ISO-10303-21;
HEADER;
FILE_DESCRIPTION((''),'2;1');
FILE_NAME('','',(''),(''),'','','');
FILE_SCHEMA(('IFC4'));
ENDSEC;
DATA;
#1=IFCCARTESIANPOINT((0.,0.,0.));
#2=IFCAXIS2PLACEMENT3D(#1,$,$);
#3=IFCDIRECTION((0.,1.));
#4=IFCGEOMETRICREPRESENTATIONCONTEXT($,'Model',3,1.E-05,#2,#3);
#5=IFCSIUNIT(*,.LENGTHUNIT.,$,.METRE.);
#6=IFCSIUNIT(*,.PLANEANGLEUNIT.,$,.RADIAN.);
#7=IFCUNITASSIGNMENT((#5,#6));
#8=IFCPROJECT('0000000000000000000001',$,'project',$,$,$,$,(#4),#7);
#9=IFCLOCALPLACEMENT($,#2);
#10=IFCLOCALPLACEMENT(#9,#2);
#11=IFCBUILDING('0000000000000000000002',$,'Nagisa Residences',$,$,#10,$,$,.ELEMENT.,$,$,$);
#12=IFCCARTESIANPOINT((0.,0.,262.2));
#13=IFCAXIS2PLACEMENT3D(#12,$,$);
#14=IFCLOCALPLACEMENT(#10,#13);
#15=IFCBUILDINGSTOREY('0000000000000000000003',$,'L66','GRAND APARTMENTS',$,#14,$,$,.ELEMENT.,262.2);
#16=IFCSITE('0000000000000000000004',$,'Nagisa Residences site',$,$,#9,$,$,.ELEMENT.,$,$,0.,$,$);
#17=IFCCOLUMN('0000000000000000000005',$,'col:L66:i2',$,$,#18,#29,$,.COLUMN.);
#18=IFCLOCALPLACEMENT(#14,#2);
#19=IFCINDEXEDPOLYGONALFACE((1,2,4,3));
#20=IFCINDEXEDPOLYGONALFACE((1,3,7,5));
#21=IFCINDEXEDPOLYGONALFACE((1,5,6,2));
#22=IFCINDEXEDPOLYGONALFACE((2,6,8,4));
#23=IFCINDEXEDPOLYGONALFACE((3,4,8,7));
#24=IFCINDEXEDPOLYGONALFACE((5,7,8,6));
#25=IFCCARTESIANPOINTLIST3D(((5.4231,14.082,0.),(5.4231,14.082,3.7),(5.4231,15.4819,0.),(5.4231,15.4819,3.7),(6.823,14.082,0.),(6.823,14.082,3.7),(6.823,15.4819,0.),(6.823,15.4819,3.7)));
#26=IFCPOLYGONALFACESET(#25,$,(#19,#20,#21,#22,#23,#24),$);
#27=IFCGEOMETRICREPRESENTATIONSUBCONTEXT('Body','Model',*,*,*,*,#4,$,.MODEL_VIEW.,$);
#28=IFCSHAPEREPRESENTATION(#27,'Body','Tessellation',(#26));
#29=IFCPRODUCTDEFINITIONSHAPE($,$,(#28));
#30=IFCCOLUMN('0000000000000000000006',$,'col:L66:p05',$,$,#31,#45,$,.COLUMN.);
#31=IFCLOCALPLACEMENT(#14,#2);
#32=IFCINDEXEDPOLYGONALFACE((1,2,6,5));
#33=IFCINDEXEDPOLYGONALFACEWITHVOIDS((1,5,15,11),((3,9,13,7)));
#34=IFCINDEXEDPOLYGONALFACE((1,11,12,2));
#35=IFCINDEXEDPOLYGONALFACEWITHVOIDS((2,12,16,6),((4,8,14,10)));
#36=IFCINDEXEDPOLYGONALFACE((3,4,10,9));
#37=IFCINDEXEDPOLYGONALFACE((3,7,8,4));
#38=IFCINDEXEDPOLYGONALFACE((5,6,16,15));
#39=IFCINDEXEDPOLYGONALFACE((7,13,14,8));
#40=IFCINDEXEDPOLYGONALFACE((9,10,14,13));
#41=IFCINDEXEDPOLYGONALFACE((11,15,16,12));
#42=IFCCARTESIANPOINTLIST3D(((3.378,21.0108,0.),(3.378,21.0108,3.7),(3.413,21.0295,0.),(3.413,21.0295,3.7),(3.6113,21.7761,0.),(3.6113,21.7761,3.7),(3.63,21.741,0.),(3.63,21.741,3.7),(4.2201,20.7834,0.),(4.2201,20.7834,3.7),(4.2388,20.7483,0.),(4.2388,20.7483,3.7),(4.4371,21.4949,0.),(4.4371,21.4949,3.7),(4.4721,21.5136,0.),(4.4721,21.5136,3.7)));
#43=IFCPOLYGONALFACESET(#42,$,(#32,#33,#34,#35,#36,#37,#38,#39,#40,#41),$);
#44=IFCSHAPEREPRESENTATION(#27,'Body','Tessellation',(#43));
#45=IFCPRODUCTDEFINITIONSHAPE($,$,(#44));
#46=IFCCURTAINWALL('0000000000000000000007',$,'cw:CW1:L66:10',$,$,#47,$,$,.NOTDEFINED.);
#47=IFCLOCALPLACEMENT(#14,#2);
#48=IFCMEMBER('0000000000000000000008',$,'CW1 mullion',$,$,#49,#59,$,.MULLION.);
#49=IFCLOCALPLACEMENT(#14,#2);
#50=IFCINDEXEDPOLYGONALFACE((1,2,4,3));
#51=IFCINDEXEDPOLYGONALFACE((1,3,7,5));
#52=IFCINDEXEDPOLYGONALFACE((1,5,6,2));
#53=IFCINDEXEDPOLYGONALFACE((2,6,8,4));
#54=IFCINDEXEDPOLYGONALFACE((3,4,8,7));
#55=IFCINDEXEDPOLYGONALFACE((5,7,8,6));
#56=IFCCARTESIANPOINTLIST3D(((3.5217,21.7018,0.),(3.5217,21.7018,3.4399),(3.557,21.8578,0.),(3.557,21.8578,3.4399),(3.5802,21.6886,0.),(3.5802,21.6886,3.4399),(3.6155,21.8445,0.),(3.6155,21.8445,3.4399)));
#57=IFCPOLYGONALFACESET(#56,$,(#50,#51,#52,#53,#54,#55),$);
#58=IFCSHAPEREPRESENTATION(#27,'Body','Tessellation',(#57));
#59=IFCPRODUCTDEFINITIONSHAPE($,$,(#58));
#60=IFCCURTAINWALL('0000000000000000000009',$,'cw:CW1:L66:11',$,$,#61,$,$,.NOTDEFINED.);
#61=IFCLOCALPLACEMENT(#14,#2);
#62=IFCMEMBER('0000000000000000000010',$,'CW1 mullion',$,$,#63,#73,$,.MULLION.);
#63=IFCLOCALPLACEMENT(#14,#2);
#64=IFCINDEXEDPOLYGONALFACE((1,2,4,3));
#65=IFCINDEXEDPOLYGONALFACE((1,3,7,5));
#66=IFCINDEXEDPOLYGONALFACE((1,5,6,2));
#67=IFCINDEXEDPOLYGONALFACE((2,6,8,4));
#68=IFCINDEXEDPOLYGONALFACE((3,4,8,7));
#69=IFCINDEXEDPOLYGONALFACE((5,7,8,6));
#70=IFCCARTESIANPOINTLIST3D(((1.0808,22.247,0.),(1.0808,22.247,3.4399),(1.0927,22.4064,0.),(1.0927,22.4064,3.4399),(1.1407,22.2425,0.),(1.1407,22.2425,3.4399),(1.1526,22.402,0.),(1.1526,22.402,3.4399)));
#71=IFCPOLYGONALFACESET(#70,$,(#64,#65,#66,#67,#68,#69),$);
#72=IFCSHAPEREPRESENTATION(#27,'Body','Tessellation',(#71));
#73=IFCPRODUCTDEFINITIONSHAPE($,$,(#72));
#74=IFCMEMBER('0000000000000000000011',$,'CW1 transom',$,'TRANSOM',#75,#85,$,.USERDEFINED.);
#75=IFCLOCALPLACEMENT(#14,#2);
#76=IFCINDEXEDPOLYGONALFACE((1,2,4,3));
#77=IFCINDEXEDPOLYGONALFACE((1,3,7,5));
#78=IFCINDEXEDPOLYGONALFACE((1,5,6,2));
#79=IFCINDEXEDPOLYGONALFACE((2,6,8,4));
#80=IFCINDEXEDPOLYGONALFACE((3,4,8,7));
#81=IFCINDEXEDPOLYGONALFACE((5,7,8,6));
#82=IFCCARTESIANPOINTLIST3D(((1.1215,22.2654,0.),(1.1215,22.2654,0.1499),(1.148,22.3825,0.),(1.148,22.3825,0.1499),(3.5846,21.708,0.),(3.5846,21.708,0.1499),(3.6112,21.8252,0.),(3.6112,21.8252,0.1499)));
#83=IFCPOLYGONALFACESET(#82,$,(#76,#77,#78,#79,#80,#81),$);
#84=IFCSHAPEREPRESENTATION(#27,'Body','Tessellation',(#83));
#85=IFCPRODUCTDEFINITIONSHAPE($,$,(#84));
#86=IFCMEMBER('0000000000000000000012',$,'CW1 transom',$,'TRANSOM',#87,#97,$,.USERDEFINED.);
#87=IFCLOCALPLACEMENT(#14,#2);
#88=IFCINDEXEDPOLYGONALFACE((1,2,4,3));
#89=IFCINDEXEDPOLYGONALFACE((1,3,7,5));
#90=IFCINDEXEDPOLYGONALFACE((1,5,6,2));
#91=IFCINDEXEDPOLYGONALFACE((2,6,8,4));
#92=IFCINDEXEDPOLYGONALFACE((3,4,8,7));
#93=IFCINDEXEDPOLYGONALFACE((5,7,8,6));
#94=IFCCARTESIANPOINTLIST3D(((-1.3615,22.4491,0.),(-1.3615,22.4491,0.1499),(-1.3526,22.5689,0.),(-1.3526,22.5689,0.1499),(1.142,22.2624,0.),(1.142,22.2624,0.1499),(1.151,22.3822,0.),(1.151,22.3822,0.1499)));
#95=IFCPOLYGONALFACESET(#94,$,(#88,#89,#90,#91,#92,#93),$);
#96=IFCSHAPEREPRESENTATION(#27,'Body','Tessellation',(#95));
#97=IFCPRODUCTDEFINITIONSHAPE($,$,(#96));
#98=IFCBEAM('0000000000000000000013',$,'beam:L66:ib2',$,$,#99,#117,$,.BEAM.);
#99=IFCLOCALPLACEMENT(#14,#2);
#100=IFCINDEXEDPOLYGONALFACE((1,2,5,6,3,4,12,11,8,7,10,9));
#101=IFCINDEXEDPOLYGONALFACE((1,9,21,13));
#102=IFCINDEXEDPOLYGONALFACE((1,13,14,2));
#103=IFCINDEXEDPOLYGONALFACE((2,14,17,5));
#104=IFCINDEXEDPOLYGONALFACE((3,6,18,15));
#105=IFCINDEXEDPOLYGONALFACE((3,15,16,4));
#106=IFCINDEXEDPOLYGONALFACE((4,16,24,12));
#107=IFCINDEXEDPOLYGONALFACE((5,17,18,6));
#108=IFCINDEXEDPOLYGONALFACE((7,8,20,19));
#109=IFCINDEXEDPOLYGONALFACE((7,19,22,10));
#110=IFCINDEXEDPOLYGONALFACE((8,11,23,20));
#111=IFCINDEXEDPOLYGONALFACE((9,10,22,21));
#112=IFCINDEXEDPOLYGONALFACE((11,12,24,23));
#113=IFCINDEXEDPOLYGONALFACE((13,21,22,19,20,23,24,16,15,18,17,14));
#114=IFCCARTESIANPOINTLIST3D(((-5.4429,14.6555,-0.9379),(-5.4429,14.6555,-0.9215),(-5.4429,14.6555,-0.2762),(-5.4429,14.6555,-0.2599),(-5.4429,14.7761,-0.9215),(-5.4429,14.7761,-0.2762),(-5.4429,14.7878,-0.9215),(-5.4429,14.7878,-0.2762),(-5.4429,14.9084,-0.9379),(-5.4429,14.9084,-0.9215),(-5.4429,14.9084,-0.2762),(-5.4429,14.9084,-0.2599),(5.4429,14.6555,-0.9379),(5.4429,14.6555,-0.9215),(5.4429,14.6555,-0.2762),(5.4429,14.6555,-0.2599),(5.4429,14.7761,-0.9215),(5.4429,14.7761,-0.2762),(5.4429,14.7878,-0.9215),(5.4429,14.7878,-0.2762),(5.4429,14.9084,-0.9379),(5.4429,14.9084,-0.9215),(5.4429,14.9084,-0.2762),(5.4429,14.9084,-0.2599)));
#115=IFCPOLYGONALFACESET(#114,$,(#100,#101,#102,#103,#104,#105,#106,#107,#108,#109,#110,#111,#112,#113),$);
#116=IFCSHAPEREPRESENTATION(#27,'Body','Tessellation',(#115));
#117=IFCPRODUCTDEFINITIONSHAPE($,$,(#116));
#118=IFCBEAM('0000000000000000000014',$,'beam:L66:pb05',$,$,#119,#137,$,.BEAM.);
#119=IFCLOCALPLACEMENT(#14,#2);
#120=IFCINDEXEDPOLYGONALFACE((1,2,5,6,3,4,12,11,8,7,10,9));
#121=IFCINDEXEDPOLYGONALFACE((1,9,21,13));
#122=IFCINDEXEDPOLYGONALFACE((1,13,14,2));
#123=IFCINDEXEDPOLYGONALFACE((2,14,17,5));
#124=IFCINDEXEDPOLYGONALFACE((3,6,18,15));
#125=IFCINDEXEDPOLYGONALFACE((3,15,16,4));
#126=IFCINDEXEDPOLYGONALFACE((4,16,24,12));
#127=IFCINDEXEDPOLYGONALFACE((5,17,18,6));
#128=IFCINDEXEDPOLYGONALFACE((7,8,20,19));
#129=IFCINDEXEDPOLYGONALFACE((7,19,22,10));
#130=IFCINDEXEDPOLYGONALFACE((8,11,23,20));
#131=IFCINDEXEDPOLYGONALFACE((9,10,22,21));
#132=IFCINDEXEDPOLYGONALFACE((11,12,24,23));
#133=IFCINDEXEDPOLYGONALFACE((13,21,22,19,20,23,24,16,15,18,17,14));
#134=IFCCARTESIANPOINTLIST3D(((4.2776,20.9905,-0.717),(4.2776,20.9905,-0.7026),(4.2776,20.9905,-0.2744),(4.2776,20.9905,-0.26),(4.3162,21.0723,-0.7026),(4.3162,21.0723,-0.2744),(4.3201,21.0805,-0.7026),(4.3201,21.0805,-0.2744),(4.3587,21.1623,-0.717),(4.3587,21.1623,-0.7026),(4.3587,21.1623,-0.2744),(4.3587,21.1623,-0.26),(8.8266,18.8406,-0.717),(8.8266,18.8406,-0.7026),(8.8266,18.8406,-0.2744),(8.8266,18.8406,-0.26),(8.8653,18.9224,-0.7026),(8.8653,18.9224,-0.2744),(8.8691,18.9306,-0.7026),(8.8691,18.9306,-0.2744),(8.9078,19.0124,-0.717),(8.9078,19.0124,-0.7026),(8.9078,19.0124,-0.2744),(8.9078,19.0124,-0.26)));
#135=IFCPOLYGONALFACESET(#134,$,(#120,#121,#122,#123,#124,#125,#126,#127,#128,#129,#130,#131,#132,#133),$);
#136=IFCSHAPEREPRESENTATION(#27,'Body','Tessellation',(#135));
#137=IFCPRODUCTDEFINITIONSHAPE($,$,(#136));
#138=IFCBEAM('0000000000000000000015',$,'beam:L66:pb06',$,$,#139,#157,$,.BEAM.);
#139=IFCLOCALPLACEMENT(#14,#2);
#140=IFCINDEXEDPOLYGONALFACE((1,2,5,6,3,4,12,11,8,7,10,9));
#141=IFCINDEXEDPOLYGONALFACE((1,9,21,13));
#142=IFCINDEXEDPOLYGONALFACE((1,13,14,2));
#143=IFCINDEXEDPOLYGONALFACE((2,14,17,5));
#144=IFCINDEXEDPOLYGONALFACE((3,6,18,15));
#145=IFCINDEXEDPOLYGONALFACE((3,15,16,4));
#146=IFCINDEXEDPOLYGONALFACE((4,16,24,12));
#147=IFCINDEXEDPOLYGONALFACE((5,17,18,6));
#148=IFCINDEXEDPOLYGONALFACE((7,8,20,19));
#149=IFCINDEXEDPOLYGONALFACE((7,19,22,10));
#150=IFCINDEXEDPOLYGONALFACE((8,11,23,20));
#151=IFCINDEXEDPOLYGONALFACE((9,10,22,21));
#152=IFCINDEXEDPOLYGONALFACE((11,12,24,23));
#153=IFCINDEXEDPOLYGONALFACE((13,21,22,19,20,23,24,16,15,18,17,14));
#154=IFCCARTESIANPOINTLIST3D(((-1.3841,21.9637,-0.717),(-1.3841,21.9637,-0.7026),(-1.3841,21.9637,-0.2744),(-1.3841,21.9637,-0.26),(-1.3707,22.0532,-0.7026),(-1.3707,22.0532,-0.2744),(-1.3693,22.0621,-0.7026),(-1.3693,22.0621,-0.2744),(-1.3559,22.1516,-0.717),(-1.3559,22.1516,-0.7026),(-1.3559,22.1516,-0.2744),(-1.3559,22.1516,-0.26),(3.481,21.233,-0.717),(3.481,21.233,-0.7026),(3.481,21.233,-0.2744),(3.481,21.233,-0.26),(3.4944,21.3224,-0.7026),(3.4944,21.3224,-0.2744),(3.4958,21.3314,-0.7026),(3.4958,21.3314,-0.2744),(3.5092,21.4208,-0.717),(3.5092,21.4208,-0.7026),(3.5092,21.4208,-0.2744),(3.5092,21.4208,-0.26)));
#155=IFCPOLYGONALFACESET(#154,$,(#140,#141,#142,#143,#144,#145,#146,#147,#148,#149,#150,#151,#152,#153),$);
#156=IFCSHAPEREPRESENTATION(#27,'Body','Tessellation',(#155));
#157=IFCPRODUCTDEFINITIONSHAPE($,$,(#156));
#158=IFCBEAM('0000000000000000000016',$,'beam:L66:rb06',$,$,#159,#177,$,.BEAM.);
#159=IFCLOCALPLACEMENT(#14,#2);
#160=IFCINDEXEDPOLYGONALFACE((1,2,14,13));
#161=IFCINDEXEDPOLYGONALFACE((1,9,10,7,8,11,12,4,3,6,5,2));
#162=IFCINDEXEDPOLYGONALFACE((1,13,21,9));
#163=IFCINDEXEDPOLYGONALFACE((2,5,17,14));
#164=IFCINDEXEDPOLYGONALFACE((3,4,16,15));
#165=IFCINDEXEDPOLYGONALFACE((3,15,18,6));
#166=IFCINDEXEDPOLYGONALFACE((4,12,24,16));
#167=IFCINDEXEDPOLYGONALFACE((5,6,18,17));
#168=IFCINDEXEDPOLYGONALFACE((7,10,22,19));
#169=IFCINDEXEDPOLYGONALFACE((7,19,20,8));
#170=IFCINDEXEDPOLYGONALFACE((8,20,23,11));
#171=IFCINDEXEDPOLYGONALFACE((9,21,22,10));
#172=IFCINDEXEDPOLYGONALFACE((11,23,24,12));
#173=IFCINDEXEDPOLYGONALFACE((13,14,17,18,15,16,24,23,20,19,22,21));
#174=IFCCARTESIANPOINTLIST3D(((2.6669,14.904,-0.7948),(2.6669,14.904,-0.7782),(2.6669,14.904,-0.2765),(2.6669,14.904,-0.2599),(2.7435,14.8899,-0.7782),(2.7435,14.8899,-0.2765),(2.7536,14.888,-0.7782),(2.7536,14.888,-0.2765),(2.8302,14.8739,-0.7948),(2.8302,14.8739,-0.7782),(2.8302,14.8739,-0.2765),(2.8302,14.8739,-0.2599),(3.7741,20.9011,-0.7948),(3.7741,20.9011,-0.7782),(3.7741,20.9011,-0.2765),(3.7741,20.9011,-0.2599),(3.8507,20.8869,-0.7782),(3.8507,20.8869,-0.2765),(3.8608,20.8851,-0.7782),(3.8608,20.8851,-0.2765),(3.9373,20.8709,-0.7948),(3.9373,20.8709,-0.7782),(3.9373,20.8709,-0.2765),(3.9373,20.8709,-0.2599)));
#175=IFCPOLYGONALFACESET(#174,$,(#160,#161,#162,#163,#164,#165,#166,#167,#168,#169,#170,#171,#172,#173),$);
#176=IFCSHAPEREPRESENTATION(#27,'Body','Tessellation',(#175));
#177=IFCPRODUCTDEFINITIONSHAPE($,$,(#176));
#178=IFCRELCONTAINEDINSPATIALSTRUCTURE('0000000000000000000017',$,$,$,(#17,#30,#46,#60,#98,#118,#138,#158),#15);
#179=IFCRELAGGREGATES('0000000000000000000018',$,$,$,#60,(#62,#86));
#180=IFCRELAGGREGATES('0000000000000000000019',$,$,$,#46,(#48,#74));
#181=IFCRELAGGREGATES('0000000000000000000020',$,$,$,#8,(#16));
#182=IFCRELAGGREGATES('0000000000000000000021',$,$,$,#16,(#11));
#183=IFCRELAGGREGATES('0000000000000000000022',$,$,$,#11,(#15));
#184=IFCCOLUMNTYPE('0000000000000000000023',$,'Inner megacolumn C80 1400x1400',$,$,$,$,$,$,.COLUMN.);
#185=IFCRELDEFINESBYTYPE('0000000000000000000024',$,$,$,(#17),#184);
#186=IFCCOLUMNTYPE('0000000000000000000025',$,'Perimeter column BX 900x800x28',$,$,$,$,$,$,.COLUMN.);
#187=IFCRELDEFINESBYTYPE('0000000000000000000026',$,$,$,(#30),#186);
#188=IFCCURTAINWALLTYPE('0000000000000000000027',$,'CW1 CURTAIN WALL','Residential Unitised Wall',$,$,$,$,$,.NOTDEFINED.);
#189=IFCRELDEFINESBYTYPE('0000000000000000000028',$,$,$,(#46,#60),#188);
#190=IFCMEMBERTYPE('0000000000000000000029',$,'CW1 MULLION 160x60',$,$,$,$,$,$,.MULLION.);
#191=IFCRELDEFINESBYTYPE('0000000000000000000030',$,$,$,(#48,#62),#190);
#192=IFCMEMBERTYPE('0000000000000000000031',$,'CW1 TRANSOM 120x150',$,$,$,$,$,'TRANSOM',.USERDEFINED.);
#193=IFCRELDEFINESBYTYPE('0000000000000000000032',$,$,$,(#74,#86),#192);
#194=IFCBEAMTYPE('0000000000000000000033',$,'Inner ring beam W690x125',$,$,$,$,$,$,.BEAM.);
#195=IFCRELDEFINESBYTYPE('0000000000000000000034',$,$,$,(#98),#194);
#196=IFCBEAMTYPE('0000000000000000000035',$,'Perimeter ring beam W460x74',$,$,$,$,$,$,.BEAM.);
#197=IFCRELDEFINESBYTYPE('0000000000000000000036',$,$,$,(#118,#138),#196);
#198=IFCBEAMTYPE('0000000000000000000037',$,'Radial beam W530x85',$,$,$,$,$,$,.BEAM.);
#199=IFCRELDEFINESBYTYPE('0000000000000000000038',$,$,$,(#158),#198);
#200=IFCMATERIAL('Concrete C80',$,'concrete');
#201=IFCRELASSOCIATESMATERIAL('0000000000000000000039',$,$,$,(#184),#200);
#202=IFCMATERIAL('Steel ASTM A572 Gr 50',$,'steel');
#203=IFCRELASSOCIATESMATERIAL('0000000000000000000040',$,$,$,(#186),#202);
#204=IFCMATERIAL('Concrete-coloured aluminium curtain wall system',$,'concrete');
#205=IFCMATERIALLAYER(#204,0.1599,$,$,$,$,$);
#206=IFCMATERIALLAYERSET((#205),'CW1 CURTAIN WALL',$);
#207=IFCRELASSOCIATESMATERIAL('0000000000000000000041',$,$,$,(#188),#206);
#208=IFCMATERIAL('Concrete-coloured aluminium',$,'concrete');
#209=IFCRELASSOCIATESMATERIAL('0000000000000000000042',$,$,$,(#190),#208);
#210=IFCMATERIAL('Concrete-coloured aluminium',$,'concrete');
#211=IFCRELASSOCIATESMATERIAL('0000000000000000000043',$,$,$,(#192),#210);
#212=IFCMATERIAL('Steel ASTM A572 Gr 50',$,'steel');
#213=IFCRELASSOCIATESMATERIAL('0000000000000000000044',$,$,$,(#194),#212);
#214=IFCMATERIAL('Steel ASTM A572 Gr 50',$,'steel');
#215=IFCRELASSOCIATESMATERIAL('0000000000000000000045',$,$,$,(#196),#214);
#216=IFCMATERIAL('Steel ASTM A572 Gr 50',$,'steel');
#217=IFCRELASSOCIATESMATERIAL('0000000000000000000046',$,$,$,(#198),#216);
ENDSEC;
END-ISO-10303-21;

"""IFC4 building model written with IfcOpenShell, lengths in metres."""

from ifc_helpers import new_model, si_unit, direction, frame, origin, origin_2d, place, context, subcontext, project, spatial, rectangle, hollow_rectangle, i_section, extrude, material, layer, layer_set, material_profile, profile_set, type_object, element, aggregate, save


model = new_model("IFC4")

# Units and contexts
model_context = context("Model", 3, precision=1e-05, world=origin(), true_north=direction((0.0, 1.0)))
body_context = subcontext(model_context, "Body", "Model", "MODEL_VIEW")
ifc_project = project(units=[si_unit("LENGTHUNIT", "METRE"), si_unit("PLANEANGLEUNIT", "RADIAN")], contexts=[model_context])

# Site, building, storey
site_placement = place(None, origin())
site = spatial("IfcSite", under=ifc_project, at=site_placement, Name="Nagisa Residences site", CompositionType="ELEMENT", RefElevation=0.0)
building_placement = place(site_placement, origin())
building = spatial("IfcBuilding", under=site, at=building_placement, Name="Nagisa Residences", CompositionType="ELEMENT")
storey_placement = place(building_placement, frame((0.0, 0.0, 262.2)))
storey = spatial("IfcBuildingStorey", under=building, at=storey_placement, Name="L66", Description="GRAND APARTMENTS", CompositionType="ELEMENT", Elevation=262.2)

# Columns
ifc_material_1 = material(Name="Concrete C80", Category="concrete")
ifc_material_profile_1 = material_profile(ifc_material_1, rectangle(XDim=1.3999, YDim=1.3999, at=origin_2d()), Name="C80 1400x1400")
ifc_profile_set_1 = profile_set([ifc_material_profile_1], Name="Concrete C80")
column_type_1 = type_object("IfcColumnType", Name="Inner megacolumn C80 1400x1400", PredefinedType="COLUMN", material=ifc_profile_set_1)
column_1_placement = place(storey_placement, frame((6.123, 14.782, 0.0), z_axis=(0.0, 0.0, 1.0), x_axis=(1.0, 0.0, 0.0)))
element("IfcColumn", 1, at=column_1_placement, inside=storey, type_object=column_type_1, Name="col:L66:i2", PredefinedType="COLUMN", context=body_context, shape_type="SweptSolid", body=[
    extrude(rectangle(XDim=1.3999, YDim=1.3999, at=origin_2d()), origin(), (0.0, 0.0, 1.0), 3.7),
])
ifc_material_2 = material(Name="Steel ASTM A572 Gr 50", Category="steel")
ifc_material_profile_2 = material_profile(ifc_material_2, hollow_rectangle(XDim=0.8999, YDim=0.8, WallThickness=0.0281, at=origin_2d()), Name="BX 900x800x28")
ifc_profile_set_2 = profile_set([ifc_material_profile_2], Name="Steel ASTM A572 Gr 50")
column_type_2 = type_object("IfcColumnType", Name="Perimeter column BX 900x800x28", PredefinedType="COLUMN", material=ifc_profile_set_2)
column_2_placement = place(storey_placement, frame((3.925, 21.2622, 0.0), z_axis=(0.0, 0.0, 1.0), x_axis=(-0.956525, 0.291652, 0.0)))
element("IfcColumn", 2, at=column_2_placement, inside=storey, type_object=column_type_2, Name="col:L66:p05", PredefinedType="COLUMN", context=body_context, shape_type="SweptSolid", body=[
    extrude(hollow_rectangle(XDim=0.8999, YDim=0.8, WallThickness=0.0281, at=origin_2d()), origin(), (0.0, 0.0, 1.0), 3.7),
])

# Curtain walls, members
ifc_material_3 = material(Name="Concrete-coloured aluminium curtain wall system", Category="concrete")
ifc_layer_1 = layer(ifc_material_3, 0.1599)
ifc_layer_set_1 = layer_set([ifc_layer_1], Name="CW1 CURTAIN WALL")
curtain_wall_type = type_object("IfcCurtainWallType", Name="CW1 CURTAIN WALL", Description="Residential Unitised Wall", PredefinedType="NOTDEFINED", material=ifc_layer_set_1)
curtain_wall_1_placement = place(storey_placement, origin())
curtain_wall_1 = element("IfcCurtainWall", 3, at=curtain_wall_1_placement, inside=storey, type_object=curtain_wall_type, Name="cw:CW1:L66:10", PredefinedType="NOTDEFINED")
ifc_material_4 = material(Name="Concrete-coloured aluminium", Category="concrete")
ifc_material_profile_3 = material_profile(ifc_material_4, rectangle(XDim=0.1599, YDim=0.0601, at=origin_2d()), Name="CW1 MULLION 160x60")
ifc_profile_set_3 = profile_set([ifc_material_profile_3], Name="Concrete-coloured aluminium")
member_type_1 = type_object("IfcMemberType", Name="CW1 MULLION 160x60", PredefinedType="MULLION", material=ifc_profile_set_3)
member_1_placement = place(storey_placement, frame((3.5686, 21.7732, 0.0), z_axis=(0.0, 0.0, 1.0), x_axis=(-0.220764, -0.975327, 0.0)))
member_1 = element("IfcMember", 4, at=member_1_placement, type_object=member_type_1, Name="CW1 mullion", PredefinedType="MULLION", context=body_context, shape_type="SweptSolid", body=[
    extrude(rectangle(XDim=0.1599, YDim=0.0601, at=origin_2d()), origin(), (0.0, 0.0, 1.0), 3.4399),
])
curtain_wall_2_placement = place(storey_placement, origin())
curtain_wall_2 = element("IfcCurtainWall", 5, at=curtain_wall_2_placement, inside=storey, type_object=curtain_wall_type, Name="cw:CW1:L66:11", PredefinedType="NOTDEFINED")
member_2_placement = place(storey_placement, frame((1.1167, 22.3245, 0.0), z_axis=(0.0, 0.0, 1.0), x_axis=(-0.074377, -0.99723, 0.0)))
member_2 = element("IfcMember", 6, at=member_2_placement, type_object=member_type_1, Name="CW1 mullion", PredefinedType="MULLION", context=body_context, shape_type="SweptSolid", body=[
    extrude(rectangle(XDim=0.1599, YDim=0.0601, at=origin_2d()), origin(), (0.0, 0.0, 1.0), 3.4399),
])

# Members
ifc_material_5 = material(Name="Concrete-coloured aluminium", Category="concrete")
ifc_material_profile_4 = material_profile(ifc_material_5, rectangle(XDim=0.1201, YDim=0.1499, at=origin_2d()), Name="CW1 TRANSOM 120x150")
ifc_profile_set_4 = profile_set([ifc_material_profile_4], Name="Concrete-coloured aluminium")
member_type_2 = type_object("IfcMemberType", Name="CW1 TRANSOM 120x150", ElementType="TRANSOM", PredefinedType="USERDEFINED", material=ifc_profile_set_4)
member_3_placement = place(storey_placement, frame((3.5979, 21.7666, 0.075), z_axis=(-0.97534, 0.220706, 0.0), x_axis=(-0.220706, -0.97534, 0.0)))
member_3 = element("IfcMember", 7, at=member_3_placement, type_object=member_type_2, Name="CW1 transom", ObjectType="TRANSOM", PredefinedType="USERDEFINED", context=body_context, shape_type="SweptSolid", body=[
    extrude(rectangle(XDim=0.1201, YDim=0.1499, at=origin_2d()), origin(), (0.0, 0.0, 1.0), 2.5254),
])
member_4_placement = place(storey_placement, frame((1.1465, 22.3223, 0.075), z_axis=(-0.997229, 0.074391, 0.0), x_axis=(-0.074391, -0.997229, 0.0)))
member_4 = element("IfcMember", 8, at=member_4_placement, type_object=member_type_2, Name="CW1 transom", ObjectType="TRANSOM", PredefinedType="USERDEFINED", context=body_context, shape_type="SweptSolid", body=[
    extrude(rectangle(XDim=0.1201, YDim=0.1499, at=origin_2d()), origin(), (0.0, 0.0, 1.0), 2.5105),
])
aggregate(curtain_wall_2, [member_2, member_4])

# Beams
ifc_material_6 = material(Name="Steel ASTM A572 Gr 50", Category="steel")
ifc_material_profile_5 = material_profile(ifc_material_6, i_section(OverallWidth=0.2529, OverallDepth=0.678, WebThickness=0.0117, FlangeThickness=0.0164, at=origin_2d()), Name="W690x125")
ifc_profile_set_5 = profile_set([ifc_material_profile_5], Name="Steel ASTM A572 Gr 50")
beam_type_1 = type_object("IfcBeamType", Name="Inner ring beam W690x125", PredefinedType="BEAM", material=ifc_profile_set_5)
beam_1_placement = place(storey_placement, frame((5.4429, 14.782, -0.5989), z_axis=(-1.0, 0.0, 0.0), x_axis=(0.0, -1.0, 0.0)))
element("IfcBeam", 9, at=beam_1_placement, inside=storey, type_object=beam_type_1, Name="beam:L66:ib2", PredefinedType="BEAM", context=body_context, shape_type="SweptSolid", body=[
    extrude(i_section(OverallWidth=0.2529, OverallDepth=0.678, WebThickness=0.0117, FlangeThickness=0.0164, at=origin_2d()), origin(), (0.0, 0.0, 1.0), 10.8857),
])
ifc_material_7 = material(Name="Steel ASTM A572 Gr 50", Category="steel")
ifc_material_profile_6 = material_profile(ifc_material_7, i_section(OverallWidth=0.1899, OverallDepth=0.457, WebThickness=0.009, FlangeThickness=0.0144, at=origin_2d()), Name="W460x74")
ifc_profile_set_6 = profile_set([ifc_material_profile_6], Name="Steel ASTM A572 Gr 50")
beam_type_2 = type_object("IfcBeamType", Name="Perimeter ring beam W460x74", PredefinedType="BEAM", material=ifc_profile_set_6)
beam_2_placement = place(storey_placement, frame((8.8672, 18.9265, -0.4885), z_axis=(-0.904116, 0.427287, 0.0), x_axis=(-0.427287, -0.904116, 0.0)))
element("IfcBeam", 10, at=beam_2_placement, inside=storey, type_object=beam_type_2, Name="beam:L66:pb05", PredefinedType="BEAM", context=body_context, shape_type="SweptSolid", body=[
    extrude(i_section(OverallWidth=0.1899, OverallDepth=0.457, WebThickness=0.009, FlangeThickness=0.0144, at=origin_2d()), origin(), (0.0, 0.0, 1.0), 5.0315),
])
beam_3_placement = place(storey_placement, frame((3.4951, 21.3269, -0.4885), z_axis=(-0.988908, 0.148532, 0.0), x_axis=(-0.148532, -0.988908, 0.0)))
element("IfcBeam", 11, at=beam_3_placement, inside=storey, type_object=beam_type_2, Name="beam:L66:pb06", PredefinedType="BEAM", context=body_context, shape_type="SweptSolid", body=[
    extrude(i_section(OverallWidth=0.1899, OverallDepth=0.457, WebThickness=0.009, FlangeThickness=0.0144, at=origin_2d()), origin(), (0.0, 0.0, 1.0), 4.9197),
])
ifc_material_8 = material(Name="Steel ASTM A572 Gr 50", Category="steel")
ifc_material_profile_7 = material_profile(ifc_material_8, i_section(OverallWidth=0.166, OverallDepth=0.5349, WebThickness=0.0103, FlangeThickness=0.0166, at=origin_2d()), Name="W530x85")
ifc_profile_set_7 = profile_set([ifc_material_profile_7], Name="Steel ASTM A572 Gr 50")
beam_type_3 = type_object("IfcBeamType", Name="Radial beam W530x85", PredefinedType="BEAM", material=ifc_profile_set_7)
beam_4_placement = place(storey_placement, frame((3.8557, 20.886, -0.5273), z_axis=(-0.181552, -0.983381, 0.0), x_axis=(0.983381, -0.181552, 0.0)))
element("IfcBeam", 12, at=beam_4_placement, inside=storey, type_object=beam_type_3, Name="beam:L66:rb06", PredefinedType="BEAM", context=body_context, shape_type="SweptSolid", body=[
    extrude(i_section(OverallWidth=0.166, OverallDepth=0.5349, WebThickness=0.0103, FlangeThickness=0.0166, at=origin_2d()), origin(), (0.0, 0.0, 1.0), 6.0984),
])

aggregate(curtain_wall_1, [member_1, member_3])

save(model, "model.ifc")
